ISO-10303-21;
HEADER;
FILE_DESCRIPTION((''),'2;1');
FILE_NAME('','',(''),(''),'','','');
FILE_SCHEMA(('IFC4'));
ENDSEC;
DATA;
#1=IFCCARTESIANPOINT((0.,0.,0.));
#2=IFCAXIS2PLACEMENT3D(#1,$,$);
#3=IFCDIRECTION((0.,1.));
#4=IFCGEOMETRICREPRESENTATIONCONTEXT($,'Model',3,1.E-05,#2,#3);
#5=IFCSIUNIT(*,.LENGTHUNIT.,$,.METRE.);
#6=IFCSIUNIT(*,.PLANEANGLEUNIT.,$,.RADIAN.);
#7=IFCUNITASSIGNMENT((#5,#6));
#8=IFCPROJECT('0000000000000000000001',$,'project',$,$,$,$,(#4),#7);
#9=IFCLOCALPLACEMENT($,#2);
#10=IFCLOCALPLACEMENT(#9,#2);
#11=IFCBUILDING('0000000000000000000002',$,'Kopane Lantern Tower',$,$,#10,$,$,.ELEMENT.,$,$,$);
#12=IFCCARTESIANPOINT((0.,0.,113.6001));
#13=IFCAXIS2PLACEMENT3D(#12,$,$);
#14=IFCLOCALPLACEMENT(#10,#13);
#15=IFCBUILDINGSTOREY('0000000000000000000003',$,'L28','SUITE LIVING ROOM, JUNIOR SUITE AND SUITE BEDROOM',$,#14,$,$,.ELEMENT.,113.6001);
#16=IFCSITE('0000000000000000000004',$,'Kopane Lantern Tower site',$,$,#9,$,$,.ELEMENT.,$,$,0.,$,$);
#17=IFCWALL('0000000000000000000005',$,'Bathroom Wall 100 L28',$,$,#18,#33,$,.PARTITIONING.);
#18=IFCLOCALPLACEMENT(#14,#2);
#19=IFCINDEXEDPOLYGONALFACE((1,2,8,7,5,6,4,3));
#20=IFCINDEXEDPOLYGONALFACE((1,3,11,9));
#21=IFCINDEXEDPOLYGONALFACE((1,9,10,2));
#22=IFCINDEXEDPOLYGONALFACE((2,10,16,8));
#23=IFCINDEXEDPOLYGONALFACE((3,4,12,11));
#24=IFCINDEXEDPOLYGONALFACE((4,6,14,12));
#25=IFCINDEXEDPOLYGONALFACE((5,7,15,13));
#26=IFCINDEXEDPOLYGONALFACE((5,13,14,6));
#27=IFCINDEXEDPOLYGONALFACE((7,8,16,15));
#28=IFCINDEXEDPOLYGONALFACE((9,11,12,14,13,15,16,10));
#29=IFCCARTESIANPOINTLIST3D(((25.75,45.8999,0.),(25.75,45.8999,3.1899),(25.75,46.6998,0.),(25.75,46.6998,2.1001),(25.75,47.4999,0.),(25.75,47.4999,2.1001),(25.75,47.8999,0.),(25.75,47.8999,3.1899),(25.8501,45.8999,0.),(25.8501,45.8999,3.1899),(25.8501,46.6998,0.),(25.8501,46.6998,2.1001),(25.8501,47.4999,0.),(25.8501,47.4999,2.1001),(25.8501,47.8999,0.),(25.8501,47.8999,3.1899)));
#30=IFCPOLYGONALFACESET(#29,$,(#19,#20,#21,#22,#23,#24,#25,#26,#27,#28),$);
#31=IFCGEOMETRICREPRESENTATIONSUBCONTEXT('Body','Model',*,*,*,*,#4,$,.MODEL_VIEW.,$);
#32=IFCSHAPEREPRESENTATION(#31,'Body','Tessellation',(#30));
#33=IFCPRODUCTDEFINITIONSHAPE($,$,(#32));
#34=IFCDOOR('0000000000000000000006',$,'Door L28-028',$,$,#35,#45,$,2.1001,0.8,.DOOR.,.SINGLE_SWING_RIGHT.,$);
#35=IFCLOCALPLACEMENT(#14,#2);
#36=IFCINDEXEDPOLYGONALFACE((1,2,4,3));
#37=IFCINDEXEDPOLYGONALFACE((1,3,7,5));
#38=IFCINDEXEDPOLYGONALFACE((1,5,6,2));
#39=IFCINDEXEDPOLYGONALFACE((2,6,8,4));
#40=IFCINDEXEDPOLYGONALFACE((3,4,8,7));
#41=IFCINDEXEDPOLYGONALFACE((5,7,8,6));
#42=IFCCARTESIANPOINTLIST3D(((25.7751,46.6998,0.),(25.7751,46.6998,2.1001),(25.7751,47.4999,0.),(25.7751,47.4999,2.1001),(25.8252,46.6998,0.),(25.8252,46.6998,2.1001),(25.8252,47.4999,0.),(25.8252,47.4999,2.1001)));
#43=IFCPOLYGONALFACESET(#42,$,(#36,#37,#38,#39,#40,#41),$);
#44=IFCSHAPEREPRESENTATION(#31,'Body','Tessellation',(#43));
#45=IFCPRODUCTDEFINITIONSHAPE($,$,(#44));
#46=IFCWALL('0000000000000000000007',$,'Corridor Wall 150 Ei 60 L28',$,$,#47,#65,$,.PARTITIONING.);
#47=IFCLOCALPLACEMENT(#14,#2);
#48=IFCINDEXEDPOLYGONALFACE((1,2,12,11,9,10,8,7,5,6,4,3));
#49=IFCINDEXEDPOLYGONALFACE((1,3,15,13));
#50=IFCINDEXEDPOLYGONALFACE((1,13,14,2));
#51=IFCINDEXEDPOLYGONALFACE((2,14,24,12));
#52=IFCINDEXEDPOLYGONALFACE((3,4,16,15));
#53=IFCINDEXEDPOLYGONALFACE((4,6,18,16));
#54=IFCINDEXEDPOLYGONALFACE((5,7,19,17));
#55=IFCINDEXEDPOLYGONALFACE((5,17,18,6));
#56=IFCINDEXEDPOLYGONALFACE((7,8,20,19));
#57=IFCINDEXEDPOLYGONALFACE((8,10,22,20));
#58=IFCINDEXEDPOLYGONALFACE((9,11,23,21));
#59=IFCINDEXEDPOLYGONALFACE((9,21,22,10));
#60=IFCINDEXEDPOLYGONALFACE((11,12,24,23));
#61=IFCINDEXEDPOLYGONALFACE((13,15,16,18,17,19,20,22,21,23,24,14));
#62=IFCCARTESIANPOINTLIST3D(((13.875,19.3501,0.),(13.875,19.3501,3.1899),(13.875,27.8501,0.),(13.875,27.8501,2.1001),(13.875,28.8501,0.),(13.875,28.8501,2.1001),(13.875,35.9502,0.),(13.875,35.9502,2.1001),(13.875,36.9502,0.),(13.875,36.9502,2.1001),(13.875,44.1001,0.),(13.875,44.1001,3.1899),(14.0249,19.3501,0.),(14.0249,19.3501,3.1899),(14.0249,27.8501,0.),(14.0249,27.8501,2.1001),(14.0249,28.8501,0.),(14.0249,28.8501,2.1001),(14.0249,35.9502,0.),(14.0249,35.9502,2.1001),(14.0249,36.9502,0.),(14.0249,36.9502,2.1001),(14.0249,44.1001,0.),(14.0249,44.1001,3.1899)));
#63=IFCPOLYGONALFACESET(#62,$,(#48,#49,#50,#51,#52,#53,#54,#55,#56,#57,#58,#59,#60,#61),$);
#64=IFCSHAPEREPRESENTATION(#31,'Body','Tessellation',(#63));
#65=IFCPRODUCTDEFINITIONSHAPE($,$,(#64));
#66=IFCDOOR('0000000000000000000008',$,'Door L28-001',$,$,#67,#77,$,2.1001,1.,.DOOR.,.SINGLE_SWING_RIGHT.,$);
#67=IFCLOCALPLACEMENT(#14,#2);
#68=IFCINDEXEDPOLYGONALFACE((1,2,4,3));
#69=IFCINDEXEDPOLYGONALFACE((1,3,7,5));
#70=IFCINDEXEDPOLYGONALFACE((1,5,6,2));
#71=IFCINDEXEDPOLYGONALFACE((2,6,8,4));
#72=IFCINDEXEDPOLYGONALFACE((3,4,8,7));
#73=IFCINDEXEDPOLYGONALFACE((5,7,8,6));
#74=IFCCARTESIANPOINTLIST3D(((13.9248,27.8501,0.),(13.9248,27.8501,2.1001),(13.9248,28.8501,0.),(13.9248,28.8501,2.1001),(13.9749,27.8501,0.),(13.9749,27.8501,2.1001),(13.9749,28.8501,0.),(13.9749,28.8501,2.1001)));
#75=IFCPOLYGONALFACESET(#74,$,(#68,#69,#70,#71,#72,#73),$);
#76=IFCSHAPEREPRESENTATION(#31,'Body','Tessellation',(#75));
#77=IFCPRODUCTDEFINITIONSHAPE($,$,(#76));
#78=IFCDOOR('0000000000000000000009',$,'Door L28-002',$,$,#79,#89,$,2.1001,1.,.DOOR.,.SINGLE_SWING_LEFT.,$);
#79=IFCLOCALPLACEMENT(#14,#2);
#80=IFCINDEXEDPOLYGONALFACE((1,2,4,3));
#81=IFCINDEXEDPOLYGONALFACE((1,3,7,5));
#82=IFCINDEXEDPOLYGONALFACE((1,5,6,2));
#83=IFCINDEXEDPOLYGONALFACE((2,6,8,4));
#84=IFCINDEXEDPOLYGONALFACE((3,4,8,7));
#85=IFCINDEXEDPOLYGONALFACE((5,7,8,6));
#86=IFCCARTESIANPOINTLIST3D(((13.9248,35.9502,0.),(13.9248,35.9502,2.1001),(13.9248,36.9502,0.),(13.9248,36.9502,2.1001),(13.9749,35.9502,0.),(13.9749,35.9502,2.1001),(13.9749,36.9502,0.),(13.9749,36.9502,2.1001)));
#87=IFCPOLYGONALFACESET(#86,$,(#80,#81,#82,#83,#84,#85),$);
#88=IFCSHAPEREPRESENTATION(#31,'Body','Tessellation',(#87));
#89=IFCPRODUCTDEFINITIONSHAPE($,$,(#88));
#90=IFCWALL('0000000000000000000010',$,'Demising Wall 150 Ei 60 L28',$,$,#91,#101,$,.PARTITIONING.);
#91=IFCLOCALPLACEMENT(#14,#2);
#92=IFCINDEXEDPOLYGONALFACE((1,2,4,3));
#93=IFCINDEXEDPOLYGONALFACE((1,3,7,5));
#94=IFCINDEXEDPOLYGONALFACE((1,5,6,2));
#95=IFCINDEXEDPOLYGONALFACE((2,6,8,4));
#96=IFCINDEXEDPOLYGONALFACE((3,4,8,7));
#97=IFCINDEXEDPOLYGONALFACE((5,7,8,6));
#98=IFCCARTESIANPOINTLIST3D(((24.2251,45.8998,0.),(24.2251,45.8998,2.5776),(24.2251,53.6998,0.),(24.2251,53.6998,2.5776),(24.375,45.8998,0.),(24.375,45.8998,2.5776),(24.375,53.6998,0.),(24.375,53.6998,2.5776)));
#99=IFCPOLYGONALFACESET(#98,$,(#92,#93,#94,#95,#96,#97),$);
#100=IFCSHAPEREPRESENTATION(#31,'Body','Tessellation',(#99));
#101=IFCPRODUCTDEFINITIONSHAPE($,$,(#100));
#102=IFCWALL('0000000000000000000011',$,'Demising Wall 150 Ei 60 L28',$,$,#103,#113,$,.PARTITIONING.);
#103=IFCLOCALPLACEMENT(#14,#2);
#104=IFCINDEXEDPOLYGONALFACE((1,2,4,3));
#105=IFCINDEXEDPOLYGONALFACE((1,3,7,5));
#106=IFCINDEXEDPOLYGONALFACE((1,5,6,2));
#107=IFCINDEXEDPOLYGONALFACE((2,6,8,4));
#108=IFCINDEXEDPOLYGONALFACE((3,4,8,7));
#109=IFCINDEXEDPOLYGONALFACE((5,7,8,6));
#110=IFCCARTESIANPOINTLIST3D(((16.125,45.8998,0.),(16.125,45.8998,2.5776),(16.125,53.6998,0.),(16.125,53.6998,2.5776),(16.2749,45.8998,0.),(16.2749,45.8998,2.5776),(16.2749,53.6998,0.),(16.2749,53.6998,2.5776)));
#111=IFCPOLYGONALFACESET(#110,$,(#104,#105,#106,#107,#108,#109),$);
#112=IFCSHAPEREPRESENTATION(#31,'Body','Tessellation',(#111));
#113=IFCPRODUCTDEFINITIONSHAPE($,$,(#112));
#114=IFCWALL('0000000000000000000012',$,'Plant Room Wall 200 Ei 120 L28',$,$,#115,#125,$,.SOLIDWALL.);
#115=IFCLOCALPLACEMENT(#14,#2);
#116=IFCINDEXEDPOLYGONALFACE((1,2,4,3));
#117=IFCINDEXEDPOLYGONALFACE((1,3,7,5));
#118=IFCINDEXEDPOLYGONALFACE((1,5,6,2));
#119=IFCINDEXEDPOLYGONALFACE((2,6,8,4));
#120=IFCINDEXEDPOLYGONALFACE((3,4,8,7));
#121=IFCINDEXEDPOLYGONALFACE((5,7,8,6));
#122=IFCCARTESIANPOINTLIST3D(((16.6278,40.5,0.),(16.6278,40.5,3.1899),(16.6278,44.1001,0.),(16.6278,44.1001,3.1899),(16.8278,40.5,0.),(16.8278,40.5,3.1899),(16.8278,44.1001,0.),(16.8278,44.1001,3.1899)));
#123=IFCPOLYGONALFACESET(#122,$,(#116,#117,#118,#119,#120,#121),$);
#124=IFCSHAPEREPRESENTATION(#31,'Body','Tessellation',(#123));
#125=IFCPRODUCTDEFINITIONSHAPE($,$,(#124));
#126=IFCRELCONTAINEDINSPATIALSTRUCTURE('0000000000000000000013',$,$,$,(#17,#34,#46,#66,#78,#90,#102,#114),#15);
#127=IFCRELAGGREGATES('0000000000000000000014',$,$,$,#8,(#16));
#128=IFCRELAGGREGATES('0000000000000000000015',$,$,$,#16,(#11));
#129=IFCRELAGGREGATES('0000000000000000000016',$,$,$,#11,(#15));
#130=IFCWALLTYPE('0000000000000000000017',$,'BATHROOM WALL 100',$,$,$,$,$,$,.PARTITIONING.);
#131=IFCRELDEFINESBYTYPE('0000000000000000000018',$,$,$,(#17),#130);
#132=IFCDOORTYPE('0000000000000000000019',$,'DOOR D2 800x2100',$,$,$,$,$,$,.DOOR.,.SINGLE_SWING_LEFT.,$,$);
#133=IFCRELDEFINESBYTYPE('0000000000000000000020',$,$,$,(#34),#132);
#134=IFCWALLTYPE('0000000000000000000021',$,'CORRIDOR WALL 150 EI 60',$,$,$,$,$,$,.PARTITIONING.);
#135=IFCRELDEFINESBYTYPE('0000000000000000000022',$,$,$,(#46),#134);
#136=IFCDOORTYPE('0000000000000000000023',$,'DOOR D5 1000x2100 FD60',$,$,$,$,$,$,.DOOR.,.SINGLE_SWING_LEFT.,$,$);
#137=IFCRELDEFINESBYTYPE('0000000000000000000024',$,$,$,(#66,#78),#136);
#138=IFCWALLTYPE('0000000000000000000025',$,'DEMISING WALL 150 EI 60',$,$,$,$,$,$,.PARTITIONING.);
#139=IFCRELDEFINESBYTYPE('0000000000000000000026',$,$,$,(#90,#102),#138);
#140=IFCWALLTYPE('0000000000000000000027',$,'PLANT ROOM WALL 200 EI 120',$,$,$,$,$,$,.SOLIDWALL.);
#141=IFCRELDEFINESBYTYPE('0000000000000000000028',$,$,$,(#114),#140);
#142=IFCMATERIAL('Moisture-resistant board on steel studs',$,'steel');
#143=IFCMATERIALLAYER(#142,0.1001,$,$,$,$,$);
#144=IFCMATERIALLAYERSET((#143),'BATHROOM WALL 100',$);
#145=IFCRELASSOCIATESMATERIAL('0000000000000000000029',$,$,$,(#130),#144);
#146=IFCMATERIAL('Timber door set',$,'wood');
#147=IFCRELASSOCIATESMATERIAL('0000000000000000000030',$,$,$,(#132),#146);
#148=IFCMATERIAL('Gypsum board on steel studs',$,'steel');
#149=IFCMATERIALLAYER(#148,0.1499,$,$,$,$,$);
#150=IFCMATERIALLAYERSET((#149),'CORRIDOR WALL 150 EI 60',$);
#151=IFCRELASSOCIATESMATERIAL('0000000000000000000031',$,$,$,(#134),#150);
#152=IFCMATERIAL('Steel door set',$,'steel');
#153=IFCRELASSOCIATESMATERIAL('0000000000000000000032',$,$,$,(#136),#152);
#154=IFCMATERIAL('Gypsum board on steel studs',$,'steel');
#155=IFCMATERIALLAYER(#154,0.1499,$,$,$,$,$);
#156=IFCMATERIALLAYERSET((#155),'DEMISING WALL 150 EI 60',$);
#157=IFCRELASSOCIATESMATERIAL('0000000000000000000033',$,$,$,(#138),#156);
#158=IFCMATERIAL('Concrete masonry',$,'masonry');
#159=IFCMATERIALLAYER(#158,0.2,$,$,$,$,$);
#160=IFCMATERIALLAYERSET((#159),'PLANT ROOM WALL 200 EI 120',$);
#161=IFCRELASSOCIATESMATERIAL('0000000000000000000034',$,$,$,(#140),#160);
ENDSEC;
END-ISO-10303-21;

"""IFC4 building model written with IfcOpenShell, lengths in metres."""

from ifc_helpers import new_model, si_unit, direction, frame, frame_2d, origin, place, context, subcontext, project, spatial, rectangle, extrude, material, layer, layer_set, type_object, element, fill, save


model = new_model("IFC4")

# Units and contexts
model_context = context("Model", 3, precision=1e-05, world=origin(), true_north=direction((0.0, 1.0)))
body_context = subcontext(model_context, "Body", "Model", "MODEL_VIEW")
ifc_project = project(units=[si_unit("LENGTHUNIT", "METRE"), si_unit("PLANEANGLEUNIT", "RADIAN")], contexts=[model_context])

# Site, building, storey
site_placement = place(None, origin())
site = spatial("IfcSite", under=ifc_project, at=site_placement, Name="Kopane Lantern Tower site", CompositionType="ELEMENT", RefElevation=0.0)
building_placement = place(site_placement, origin())
building = spatial("IfcBuilding", under=site, at=building_placement, Name="Kopane Lantern Tower", CompositionType="ELEMENT")
storey_placement = place(building_placement, frame((0.0, 0.0, 113.6001)))
storey = spatial("IfcBuildingStorey", under=building, at=storey_placement, Name="L28", Description="SUITE LIVING ROOM, JUNIOR SUITE AND SUITE BEDROOM", CompositionType="ELEMENT", Elevation=113.6001)

# Shared definitions
ifc_material_1 = material(Name="Moisture-resistant board on steel studs", Category="steel")
ifc_layer_1 = layer(ifc_material_1, 0.1001)
ifc_layer_set_1 = layer_set([ifc_layer_1], Name="BATHROOM WALL 100")
wall_type_1 = type_object("IfcWallType", Name="BATHROOM WALL 100", PredefinedType="PARTITIONING", material=ifc_layer_set_1)

# Shared definitions
ifc_material_2 = material(Name="Timber door set", Category="wood")
door_type_1 = type_object("IfcDoorType", Name="DOOR D2 800x2100", OperationType="SINGLE_SWING_LEFT", PredefinedType="DOOR", material=ifc_material_2)

# Wall, opening, door
wall_1_placement = place(storey_placement, frame((25.8, 45.8999, 0.0), z_axis=(0.0, 0.0, 1.0), x_axis=(0.0, 1.0, 0.0)))
wall_1 = element("IfcWall", 1, at=wall_1_placement, inside=storey, type_object=wall_type_1, Name="Bathroom Wall 100 L28", PredefinedType="PARTITIONING", context=body_context, shape_type="SweptSolid", body=[
    extrude(rectangle(XDim=2.0, YDim=0.1001, at=frame_2d((1.0, 0.0))), origin(), (0.0, 0.0, 1.0), 3.1899),
])
opening_1_placement = place(wall_1_placement, frame((0.8, 0.0, 0.0)))
opening_1 = element("IfcOpeningElement", 2, at=opening_1_placement, cuts=wall_1, PredefinedType="OPENING", context=body_context, shape_type="SweptSolid", body=[
    extrude(rectangle(XDim=0.8, YDim=2.1001, at=frame_2d((0.3999, 1.05))), frame((0.0, 0.0601, 0.0), z_axis=(0.0, -1.0, 0.0), x_axis=(1.0, 0.0, 0.0)), (0.0, 0.0, 1.0), 0.1201),
])
door_1_placement = place(opening_1_placement, origin())
door_1 = element("IfcDoor", 3, at=door_1_placement, inside=storey, type_object=door_type_1, Name="Door L28-028", OperationType="SINGLE_SWING_RIGHT", OverallHeight=2.1001, OverallWidth=0.8, PredefinedType="DOOR", context=body_context, shape_type="SweptSolid", body=[
    extrude(rectangle(XDim=0.8, YDim=2.1001, at=frame_2d((0.3999, 1.05))), frame((0.0, 0.0249, 0.0), z_axis=(0.0, -1.0, 0.0), x_axis=(1.0, 0.0, 0.0)), (0.0, 0.0, 1.0), 0.05),
])
fill(opening_1, door_1)

# Wall, openings, doors
ifc_material_3 = material(Name="Gypsum board on steel studs", Category="steel")
ifc_layer_2 = layer(ifc_material_3, 0.1499)
ifc_layer_set_2 = layer_set([ifc_layer_2], Name="CORRIDOR WALL 150 EI 60")
wall_type_2 = type_object("IfcWallType", Name="CORRIDOR WALL 150 EI 60", PredefinedType="PARTITIONING", material=ifc_layer_set_2)
wall_2_placement = place(storey_placement, frame((13.95, 44.1001, 0.0), z_axis=(0.0, 0.0, 1.0), x_axis=(0.0, -1.0, 0.0)))
wall_2 = element("IfcWall", 4, at=wall_2_placement, inside=storey, type_object=wall_type_2, Name="Corridor Wall 150 Ei 60 L28", PredefinedType="PARTITIONING", context=body_context, shape_type="SweptSolid", body=[
    extrude(rectangle(XDim=24.75, YDim=0.1499, at=frame_2d((12.375, 0.0))), origin(), (0.0, 0.0, 1.0), 3.1899),
])
opening_2_placement = place(wall_2_placement, frame((15.25, 0.0, 0.0)))
opening_2 = element("IfcOpeningElement", 5, at=opening_2_placement, cuts=wall_2, PredefinedType="OPENING", context=body_context, shape_type="SweptSolid", body=[
    extrude(rectangle(XDim=1.0, YDim=2.1001, at=frame_2d((0.5, 1.05))), frame((0.0, 0.085, 0.0), z_axis=(0.0, -1.0, 0.0), x_axis=(1.0, 0.0, 0.0)), (0.0, 0.0, 1.0), 0.1699),
])
opening_3_placement = place(wall_2_placement, frame((7.1499, 0.0, 0.0)))
opening_3 = element("IfcOpeningElement", 6, at=opening_3_placement, cuts=wall_2, PredefinedType="OPENING", context=body_context, shape_type="SweptSolid", body=[
    extrude(rectangle(XDim=1.0, YDim=2.1001, at=frame_2d((0.5, 1.05))), frame((0.0, 0.085, 0.0), z_axis=(0.0, -1.0, 0.0), x_axis=(1.0, 0.0, 0.0)), (0.0, 0.0, 1.0), 0.1699),
])
ifc_material_4 = material(Name="Steel door set", Category="steel")
door_type_2 = type_object("IfcDoorType", Name="DOOR D5 1000x2100 FD60", OperationType="SINGLE_SWING_LEFT", PredefinedType="DOOR", material=ifc_material_4)
door_2_placement = place(opening_2_placement, origin())
door_2 = element("IfcDoor", 7, at=door_2_placement, inside=storey, type_object=door_type_2, Name="Door L28-001", OperationType="SINGLE_SWING_RIGHT", OverallHeight=2.1001, OverallWidth=1.0, PredefinedType="DOOR", context=body_context, shape_type="SweptSolid", body=[
    extrude(rectangle(XDim=1.0, YDim=2.1001, at=frame_2d((0.5, 1.05))), frame((0.0, 0.0249, 0.0), z_axis=(0.0, -1.0, 0.0), x_axis=(1.0, 0.0, 0.0)), (0.0, 0.0, 1.0), 0.05),
])
fill(opening_2, door_2)
door_3_placement = place(opening_3_placement, origin())
door_3 = element("IfcDoor", 8, at=door_3_placement, inside=storey, type_object=door_type_2, Name="Door L28-002", OperationType="SINGLE_SWING_LEFT", OverallHeight=2.1001, OverallWidth=1.0, PredefinedType="DOOR", context=body_context, shape_type="SweptSolid", body=[
    extrude(rectangle(XDim=1.0, YDim=2.1001, at=frame_2d((0.5, 1.05))), frame((0.0, 0.0249, 0.0), z_axis=(0.0, -1.0, 0.0), x_axis=(1.0, 0.0, 0.0)), (0.0, 0.0, 1.0), 0.05),
])
fill(opening_3, door_3)

# Walls
ifc_material_5 = material(Name="Gypsum board on steel studs", Category="steel")
ifc_layer_3 = layer(ifc_material_5, 0.1499)
ifc_layer_set_3 = layer_set([ifc_layer_3], Name="DEMISING WALL 150 EI 60")
wall_type_3 = type_object("IfcWallType", Name="DEMISING WALL 150 EI 60", PredefinedType="PARTITIONING", material=ifc_layer_set_3)
for number, where, z_axis, x_axis, name in (
    (9, (24.3, 45.8999, 0.0), (0.0, 0.0, 1.0), (0.0, 1.0, 0.0), "Demising Wall 150 Ei 60 L28"),
    (10, (16.2, 45.8999, 0.0), (0.0, 0.0, 1.0), (0.0, 1.0, 0.0), "Demising Wall 150 Ei 60 L28"),
):
    element("IfcWall", number, at=place(storey_placement, frame(where, z_axis=z_axis, x_axis=x_axis)), inside=storey, type_object=wall_type_3, Name=name, PredefinedType="PARTITIONING", context=body_context, shape_type="SweptSolid", body=[
        extrude(rectangle(XDim=7.8, YDim=0.1499, at=frame_2d((3.8999, 0.0))), origin(), (0.0, 0.0, 1.0), 2.5776),
    ])
ifc_material_6 = material(Name="Concrete masonry", Category="masonry")
ifc_layer_4 = layer(ifc_material_6, 0.2)
ifc_layer_set_4 = layer_set([ifc_layer_4], Name="PLANT ROOM WALL 200 EI 120")
wall_type_4 = type_object("IfcWallType", Name="PLANT ROOM WALL 200 EI 120", PredefinedType="SOLIDWALL", material=ifc_layer_set_4)
wall_3_placement = place(storey_placement, frame((16.7278, 44.1001, 0.0), z_axis=(0.0, 0.0, 1.0), x_axis=(0.0, -1.0, 0.0)))
element("IfcWall", 11, at=wall_3_placement, inside=storey, type_object=wall_type_4, Name="Plant Room Wall 200 Ei 120 L28", PredefinedType="SOLIDWALL", context=body_context, shape_type="SweptSolid", body=[
    extrude(rectangle(XDim=3.6001, YDim=0.2, at=frame_2d((1.8, 0.0))), origin(), (0.0, 0.0, 1.0), 3.1899),
])

save(model, "model.ifc")
